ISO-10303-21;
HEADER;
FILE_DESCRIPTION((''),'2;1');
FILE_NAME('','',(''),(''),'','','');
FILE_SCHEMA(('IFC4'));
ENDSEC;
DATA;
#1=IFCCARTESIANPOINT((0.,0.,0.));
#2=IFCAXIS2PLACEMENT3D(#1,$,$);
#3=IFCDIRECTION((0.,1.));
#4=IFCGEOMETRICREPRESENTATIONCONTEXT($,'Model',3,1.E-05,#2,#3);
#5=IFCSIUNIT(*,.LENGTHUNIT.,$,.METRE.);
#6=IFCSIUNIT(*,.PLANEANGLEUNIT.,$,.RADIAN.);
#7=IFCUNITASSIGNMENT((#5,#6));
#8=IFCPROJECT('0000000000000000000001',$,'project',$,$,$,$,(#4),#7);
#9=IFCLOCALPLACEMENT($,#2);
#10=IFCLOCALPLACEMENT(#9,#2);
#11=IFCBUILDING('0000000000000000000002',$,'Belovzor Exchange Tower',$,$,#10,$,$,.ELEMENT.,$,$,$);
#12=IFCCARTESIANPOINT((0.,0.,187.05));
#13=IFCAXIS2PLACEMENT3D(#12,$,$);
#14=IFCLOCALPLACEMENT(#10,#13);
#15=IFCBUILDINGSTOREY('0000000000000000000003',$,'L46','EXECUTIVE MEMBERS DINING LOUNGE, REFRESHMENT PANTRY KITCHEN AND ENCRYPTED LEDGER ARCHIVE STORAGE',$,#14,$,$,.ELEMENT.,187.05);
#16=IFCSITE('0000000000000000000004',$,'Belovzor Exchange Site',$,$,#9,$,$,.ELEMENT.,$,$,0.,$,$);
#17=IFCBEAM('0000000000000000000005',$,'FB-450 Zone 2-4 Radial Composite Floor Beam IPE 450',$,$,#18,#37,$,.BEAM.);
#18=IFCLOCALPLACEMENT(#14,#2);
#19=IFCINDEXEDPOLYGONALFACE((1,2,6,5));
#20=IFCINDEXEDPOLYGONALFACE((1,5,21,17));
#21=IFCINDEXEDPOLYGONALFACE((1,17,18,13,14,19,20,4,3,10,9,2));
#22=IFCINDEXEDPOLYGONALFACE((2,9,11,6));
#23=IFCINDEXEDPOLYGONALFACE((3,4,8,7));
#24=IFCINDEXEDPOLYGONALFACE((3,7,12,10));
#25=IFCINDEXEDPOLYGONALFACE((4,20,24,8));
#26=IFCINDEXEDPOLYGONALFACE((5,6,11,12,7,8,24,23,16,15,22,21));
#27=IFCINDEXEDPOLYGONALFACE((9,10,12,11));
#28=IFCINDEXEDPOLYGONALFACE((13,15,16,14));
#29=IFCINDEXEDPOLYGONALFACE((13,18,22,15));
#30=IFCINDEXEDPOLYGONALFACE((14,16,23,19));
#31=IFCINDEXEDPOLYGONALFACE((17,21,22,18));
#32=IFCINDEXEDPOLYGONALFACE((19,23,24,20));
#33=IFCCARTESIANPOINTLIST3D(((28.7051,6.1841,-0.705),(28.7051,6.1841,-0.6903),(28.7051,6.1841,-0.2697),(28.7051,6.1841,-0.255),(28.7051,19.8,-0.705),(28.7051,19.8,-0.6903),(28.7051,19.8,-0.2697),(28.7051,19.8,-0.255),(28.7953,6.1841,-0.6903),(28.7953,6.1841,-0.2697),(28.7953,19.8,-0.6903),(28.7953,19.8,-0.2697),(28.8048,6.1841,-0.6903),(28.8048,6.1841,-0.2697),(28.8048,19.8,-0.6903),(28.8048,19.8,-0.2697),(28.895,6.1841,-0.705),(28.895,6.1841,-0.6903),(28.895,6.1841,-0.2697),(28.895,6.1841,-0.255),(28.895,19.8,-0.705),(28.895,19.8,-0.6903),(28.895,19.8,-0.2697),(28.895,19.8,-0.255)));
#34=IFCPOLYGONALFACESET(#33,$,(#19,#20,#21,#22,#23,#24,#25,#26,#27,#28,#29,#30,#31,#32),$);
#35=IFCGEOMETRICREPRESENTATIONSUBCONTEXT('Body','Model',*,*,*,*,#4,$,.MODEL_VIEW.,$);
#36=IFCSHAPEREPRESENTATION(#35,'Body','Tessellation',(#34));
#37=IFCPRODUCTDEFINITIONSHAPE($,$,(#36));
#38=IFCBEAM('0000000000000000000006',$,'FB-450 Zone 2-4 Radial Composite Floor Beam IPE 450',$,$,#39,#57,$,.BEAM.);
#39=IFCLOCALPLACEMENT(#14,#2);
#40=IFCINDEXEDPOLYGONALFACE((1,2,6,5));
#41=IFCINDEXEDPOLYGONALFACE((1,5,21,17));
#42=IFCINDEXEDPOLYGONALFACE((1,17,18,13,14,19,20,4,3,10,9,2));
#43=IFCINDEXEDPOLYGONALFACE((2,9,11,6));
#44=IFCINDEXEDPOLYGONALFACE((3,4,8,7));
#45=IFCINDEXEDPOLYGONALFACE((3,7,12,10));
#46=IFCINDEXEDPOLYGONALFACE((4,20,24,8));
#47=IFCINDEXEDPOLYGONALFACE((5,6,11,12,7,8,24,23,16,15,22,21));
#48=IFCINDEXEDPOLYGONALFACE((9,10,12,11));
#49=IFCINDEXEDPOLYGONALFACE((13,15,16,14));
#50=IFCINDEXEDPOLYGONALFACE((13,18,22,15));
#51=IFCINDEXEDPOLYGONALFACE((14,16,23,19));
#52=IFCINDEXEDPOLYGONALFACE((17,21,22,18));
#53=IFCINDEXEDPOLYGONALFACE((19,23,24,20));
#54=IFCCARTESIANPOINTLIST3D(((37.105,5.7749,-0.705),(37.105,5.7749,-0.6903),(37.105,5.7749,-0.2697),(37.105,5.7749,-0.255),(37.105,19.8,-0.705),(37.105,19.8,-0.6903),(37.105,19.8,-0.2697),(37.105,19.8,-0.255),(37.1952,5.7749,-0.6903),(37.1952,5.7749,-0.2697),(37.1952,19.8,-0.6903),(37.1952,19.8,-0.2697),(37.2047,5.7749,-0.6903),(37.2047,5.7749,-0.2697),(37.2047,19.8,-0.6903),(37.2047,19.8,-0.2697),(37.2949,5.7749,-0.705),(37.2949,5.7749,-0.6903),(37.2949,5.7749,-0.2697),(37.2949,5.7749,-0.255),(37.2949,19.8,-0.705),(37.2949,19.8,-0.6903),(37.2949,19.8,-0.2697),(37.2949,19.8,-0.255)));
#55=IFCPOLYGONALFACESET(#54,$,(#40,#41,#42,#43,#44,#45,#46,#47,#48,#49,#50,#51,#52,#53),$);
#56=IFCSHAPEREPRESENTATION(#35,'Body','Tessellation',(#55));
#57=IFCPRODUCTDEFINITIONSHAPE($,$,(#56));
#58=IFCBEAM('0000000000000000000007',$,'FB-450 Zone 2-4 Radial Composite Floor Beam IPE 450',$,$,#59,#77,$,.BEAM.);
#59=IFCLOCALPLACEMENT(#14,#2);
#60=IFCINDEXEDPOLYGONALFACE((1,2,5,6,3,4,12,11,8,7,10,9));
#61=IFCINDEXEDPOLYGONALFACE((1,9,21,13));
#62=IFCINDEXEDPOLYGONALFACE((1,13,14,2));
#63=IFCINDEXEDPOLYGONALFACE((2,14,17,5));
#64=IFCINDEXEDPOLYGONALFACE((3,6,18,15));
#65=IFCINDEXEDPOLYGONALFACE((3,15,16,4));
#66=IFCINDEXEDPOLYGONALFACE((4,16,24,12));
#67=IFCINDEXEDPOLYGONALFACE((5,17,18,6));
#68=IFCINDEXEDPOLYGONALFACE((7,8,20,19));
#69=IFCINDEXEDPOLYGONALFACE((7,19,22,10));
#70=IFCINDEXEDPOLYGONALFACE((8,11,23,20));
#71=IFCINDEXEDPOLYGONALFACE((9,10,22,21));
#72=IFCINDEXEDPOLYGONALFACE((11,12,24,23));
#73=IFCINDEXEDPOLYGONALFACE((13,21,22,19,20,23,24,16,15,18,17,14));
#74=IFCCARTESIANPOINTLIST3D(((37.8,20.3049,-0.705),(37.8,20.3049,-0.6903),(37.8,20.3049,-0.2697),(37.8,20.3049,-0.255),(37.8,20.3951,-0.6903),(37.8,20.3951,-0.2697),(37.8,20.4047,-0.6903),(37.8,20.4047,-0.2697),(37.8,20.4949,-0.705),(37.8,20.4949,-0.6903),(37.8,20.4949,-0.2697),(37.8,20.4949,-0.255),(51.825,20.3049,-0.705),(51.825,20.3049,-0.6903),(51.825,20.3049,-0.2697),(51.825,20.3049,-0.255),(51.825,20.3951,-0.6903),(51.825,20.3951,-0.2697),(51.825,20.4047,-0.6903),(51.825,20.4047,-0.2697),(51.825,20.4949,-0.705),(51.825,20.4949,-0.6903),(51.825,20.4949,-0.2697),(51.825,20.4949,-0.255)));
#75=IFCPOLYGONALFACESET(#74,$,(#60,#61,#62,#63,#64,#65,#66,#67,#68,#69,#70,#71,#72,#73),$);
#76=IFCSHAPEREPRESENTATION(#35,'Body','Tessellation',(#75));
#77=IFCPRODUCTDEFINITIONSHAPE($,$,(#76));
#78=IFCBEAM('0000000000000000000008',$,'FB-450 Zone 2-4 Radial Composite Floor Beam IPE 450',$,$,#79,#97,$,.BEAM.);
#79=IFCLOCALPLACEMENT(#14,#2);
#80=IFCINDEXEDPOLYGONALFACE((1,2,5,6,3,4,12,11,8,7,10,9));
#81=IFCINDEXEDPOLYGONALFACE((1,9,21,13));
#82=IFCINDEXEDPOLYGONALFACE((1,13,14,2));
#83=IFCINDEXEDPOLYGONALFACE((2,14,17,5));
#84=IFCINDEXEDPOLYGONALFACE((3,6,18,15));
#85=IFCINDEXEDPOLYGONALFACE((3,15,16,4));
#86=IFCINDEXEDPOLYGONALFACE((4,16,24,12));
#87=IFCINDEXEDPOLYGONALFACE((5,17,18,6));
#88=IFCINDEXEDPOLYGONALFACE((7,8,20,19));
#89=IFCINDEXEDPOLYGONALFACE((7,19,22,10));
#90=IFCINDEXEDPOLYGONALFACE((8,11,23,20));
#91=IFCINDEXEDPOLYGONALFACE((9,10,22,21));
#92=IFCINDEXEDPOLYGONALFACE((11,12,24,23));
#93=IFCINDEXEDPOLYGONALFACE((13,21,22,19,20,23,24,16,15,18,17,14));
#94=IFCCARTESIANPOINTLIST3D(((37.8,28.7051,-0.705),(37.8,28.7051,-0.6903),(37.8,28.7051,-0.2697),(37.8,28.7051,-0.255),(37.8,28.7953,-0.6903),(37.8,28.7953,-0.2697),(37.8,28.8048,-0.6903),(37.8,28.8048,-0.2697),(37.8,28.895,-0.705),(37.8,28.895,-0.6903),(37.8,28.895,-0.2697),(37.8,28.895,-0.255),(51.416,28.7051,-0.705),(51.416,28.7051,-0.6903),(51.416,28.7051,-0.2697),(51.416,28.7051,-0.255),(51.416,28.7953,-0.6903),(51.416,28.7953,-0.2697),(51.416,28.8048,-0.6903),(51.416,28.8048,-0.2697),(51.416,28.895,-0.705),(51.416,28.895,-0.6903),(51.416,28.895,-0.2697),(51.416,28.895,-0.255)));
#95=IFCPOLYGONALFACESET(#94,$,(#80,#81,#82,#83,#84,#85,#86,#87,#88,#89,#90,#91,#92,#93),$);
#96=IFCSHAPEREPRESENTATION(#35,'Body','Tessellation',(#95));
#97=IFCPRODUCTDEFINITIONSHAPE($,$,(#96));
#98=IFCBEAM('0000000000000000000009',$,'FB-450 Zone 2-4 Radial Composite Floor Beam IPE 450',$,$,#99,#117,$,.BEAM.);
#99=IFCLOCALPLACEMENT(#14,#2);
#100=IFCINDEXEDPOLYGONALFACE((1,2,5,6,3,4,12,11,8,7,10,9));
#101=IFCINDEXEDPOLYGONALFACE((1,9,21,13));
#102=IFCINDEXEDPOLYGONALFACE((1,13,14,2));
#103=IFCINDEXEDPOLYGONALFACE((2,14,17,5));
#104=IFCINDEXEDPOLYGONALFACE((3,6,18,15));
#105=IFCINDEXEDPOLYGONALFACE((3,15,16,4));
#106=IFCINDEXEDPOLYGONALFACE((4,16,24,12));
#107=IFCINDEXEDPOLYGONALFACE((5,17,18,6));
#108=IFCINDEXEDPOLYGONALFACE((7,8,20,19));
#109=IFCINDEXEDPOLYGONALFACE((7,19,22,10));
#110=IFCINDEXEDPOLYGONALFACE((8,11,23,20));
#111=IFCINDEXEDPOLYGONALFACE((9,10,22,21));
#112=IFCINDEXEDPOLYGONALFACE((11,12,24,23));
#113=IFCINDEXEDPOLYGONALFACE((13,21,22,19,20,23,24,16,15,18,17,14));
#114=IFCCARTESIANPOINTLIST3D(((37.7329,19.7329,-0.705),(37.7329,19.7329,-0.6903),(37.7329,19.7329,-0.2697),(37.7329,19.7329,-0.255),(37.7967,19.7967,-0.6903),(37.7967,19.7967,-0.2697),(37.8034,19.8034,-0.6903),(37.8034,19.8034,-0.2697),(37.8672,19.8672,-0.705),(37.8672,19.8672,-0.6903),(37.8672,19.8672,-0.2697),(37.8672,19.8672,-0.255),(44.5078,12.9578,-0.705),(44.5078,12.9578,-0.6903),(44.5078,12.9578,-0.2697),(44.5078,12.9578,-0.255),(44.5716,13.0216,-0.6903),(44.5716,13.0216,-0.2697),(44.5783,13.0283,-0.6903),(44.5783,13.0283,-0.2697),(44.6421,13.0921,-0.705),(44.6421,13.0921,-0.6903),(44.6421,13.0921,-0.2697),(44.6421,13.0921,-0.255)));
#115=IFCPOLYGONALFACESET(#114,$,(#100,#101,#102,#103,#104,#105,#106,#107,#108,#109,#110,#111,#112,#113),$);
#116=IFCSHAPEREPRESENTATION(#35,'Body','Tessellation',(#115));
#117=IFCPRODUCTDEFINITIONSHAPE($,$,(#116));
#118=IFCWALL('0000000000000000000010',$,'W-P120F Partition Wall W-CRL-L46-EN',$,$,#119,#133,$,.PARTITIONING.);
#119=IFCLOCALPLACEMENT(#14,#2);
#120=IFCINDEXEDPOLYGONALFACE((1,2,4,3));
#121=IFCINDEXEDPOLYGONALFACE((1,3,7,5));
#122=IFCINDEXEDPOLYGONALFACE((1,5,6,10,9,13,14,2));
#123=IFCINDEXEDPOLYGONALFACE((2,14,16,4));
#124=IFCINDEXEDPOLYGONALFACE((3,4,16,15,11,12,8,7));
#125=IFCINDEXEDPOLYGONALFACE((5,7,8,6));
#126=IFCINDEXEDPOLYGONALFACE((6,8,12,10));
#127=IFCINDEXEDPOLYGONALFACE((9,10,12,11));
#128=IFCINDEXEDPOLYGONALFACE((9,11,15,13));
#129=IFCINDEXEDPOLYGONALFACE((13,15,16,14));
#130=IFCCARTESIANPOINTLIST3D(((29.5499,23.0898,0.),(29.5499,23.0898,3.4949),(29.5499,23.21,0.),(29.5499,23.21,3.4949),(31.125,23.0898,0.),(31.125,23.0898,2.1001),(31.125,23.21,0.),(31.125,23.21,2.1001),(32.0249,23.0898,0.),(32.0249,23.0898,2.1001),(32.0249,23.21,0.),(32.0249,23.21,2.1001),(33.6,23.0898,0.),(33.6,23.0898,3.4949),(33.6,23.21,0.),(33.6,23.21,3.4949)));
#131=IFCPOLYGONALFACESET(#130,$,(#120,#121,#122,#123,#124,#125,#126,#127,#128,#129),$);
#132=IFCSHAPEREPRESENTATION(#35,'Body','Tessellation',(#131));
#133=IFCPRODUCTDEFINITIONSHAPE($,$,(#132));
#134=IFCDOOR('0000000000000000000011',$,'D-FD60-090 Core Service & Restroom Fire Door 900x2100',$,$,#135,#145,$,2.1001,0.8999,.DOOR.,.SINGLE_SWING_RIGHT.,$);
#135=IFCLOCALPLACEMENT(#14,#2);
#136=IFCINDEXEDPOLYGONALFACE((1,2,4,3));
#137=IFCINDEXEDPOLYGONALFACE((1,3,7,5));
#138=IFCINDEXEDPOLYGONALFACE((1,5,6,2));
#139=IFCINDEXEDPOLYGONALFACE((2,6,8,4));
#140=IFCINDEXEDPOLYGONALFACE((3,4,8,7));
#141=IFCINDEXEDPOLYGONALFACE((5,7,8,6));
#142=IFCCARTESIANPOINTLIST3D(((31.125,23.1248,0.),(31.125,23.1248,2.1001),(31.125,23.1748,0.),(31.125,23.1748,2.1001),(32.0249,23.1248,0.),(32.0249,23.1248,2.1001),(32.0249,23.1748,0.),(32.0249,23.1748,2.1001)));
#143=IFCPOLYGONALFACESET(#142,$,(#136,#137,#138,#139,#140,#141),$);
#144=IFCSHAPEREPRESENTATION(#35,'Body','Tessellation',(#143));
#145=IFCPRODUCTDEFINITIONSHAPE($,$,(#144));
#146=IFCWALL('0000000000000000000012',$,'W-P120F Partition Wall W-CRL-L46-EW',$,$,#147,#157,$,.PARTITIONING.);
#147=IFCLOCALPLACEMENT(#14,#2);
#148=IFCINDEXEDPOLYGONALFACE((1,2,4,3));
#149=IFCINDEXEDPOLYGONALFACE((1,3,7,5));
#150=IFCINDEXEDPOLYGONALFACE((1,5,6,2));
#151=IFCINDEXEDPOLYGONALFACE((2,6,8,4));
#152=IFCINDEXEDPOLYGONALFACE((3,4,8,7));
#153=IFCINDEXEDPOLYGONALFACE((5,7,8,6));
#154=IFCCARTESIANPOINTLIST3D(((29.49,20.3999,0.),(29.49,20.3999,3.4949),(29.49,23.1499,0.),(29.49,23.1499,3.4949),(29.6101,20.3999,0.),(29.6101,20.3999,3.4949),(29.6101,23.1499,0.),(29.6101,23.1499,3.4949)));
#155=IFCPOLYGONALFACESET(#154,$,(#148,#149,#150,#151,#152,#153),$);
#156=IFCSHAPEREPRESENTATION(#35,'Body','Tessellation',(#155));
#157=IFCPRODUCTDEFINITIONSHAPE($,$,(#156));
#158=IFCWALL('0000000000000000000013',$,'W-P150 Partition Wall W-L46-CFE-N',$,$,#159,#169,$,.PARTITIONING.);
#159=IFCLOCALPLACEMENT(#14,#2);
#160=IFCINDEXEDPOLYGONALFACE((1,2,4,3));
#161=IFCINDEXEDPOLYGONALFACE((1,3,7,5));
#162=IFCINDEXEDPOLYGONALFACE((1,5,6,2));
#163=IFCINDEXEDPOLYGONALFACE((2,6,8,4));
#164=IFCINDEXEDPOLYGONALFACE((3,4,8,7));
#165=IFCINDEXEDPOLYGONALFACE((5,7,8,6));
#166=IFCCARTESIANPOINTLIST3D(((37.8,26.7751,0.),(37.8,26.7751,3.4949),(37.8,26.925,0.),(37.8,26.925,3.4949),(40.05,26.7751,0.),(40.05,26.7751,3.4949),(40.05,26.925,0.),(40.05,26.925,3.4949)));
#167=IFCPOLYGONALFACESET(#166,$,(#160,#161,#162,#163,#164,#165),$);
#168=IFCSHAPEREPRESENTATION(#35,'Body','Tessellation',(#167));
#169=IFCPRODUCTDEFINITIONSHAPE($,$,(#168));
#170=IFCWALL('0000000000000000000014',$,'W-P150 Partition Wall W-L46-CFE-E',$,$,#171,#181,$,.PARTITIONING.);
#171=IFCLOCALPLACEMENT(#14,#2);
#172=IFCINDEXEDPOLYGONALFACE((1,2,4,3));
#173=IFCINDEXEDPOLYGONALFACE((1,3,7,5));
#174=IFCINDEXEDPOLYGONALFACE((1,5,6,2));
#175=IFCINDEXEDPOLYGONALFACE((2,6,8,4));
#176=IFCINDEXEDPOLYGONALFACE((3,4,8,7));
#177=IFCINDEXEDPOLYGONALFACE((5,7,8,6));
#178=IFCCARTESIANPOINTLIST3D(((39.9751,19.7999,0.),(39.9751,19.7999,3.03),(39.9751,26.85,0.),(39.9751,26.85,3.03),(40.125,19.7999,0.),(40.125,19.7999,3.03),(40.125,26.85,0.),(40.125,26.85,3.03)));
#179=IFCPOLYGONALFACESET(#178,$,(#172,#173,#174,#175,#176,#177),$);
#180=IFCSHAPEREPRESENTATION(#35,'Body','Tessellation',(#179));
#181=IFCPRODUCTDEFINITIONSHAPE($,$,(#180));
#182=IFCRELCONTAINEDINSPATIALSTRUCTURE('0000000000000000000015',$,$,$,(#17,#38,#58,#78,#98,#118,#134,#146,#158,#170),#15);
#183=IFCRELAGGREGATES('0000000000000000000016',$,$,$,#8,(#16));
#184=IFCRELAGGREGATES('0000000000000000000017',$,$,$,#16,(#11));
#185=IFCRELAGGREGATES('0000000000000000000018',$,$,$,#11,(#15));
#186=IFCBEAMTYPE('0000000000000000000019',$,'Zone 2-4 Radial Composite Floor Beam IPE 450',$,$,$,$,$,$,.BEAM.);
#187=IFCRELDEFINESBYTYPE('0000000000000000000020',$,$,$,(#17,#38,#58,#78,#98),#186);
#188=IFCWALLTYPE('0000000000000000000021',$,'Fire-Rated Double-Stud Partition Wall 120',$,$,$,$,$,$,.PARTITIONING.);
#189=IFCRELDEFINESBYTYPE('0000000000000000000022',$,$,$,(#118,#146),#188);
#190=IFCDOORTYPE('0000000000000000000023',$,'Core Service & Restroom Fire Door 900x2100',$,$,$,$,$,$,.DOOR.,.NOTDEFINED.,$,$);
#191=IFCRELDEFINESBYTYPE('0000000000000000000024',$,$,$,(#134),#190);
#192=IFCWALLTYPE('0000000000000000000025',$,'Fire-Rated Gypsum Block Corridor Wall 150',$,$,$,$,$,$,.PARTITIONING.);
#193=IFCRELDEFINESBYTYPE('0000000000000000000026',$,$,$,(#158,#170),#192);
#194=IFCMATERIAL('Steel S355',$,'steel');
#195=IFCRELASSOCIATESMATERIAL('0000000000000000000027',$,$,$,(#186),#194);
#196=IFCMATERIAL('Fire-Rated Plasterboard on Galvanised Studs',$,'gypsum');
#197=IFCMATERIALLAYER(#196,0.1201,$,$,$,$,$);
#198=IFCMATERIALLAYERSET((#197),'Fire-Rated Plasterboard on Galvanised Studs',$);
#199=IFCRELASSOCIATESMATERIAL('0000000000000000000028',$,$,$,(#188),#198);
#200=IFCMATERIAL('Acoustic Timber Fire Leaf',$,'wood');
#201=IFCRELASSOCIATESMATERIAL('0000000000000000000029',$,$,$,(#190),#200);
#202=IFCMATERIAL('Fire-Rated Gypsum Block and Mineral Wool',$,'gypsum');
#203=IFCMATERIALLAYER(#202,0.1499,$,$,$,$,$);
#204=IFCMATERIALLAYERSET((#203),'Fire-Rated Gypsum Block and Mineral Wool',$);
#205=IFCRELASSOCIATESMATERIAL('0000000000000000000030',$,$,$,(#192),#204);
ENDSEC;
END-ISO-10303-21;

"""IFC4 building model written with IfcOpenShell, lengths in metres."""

from ifc_helpers import new_model, si_unit, direction, frame, frame_2d, origin, origin_2d, place, context, subcontext, project, spatial, rectangle, i_section, extrude, material, layer, layer_set, material_profile, profile_set, type_object, element, fill, save


model = new_model("IFC4")

# Units and contexts
model_context = context("Model", 3, precision=1e-05, world=origin(), true_north=direction((0.0, 1.0)))
body_context = subcontext(model_context, "Body", "Model", "MODEL_VIEW")
ifc_project = project(units=[si_unit("LENGTHUNIT", "METRE"), si_unit("PLANEANGLEUNIT", "RADIAN")], contexts=[model_context])

# Site, building, storey
site_placement = place(None, origin())
site = spatial("IfcSite", under=ifc_project, at=site_placement, Name="Belovzor Exchange Site", CompositionType="ELEMENT", RefElevation=0.0)
building_placement = place(site_placement, origin())
building = spatial("IfcBuilding", under=site, at=building_placement, Name="Belovzor Exchange Tower", CompositionType="ELEMENT")
storey_placement = place(building_placement, frame((0.0, 0.0, 187.05)))
storey = spatial("IfcBuildingStorey", under=building, at=storey_placement, Name="L46", Description="EXECUTIVE MEMBERS DINING LOUNGE, REFRESHMENT PANTRY KITCHEN AND ENCRYPTED LEDGER ARCHIVE STORAGE", CompositionType="ELEMENT", Elevation=187.05)

# Beams
ifc_material_1 = material(Name="Steel S355", Category="steel")
ifc_material_profile = material_profile(ifc_material_1, i_section(OverallWidth=0.1899, OverallDepth=0.45, WebThickness=0.0095, FlangeThickness=0.0146, at=origin_2d()))
ifc_profile_set = profile_set([ifc_material_profile], Name="Steel S355")
beam_type = type_object("IfcBeamType", Name="Zone 2-4 Radial Composite Floor Beam IPE 450", PredefinedType="BEAM", material=ifc_profile_set)
beam_1_placement = place(storey_placement, frame((28.8, 19.8, -0.48), z_axis=(0.0, -1.0, 0.0), x_axis=(1.0, 0.0, 0.0)))
element("IfcBeam", 1, at=beam_1_placement, inside=storey, type_object=beam_type, Name="FB-450 Zone 2-4 Radial Composite Floor Beam IPE 450", PredefinedType="BEAM", context=body_context, shape_type="SweptSolid", body=[
    extrude(i_section(OverallWidth=0.1899, OverallDepth=0.45, WebThickness=0.0095, FlangeThickness=0.0146, at=origin_2d()), origin(), (0.0, 0.0, 1.0), 13.616),
])
beam_2_placement = place(storey_placement, frame((37.2, 19.8, -0.48), z_axis=(0.0, -1.0, 0.0), x_axis=(1.0, 0.0, 0.0)))
element("IfcBeam", 2, at=beam_2_placement, inside=storey, type_object=beam_type, Name="FB-450 Zone 2-4 Radial Composite Floor Beam IPE 450", PredefinedType="BEAM", context=body_context, shape_type="SweptSolid", body=[
    extrude(i_section(OverallWidth=0.1899, OverallDepth=0.45, WebThickness=0.0095, FlangeThickness=0.0146, at=origin_2d()), origin(), (0.0, 0.0, 1.0), 14.0251),
])
beam_3_placement = place(storey_placement, frame((37.8, 20.3999, -0.48), z_axis=(1.0, 0.0, 0.0), x_axis=(0.0, 1.0, 0.0)))
element("IfcBeam", 3, at=beam_3_placement, inside=storey, type_object=beam_type, Name="FB-450 Zone 2-4 Radial Composite Floor Beam IPE 450", PredefinedType="BEAM", context=body_context, shape_type="SweptSolid", body=[
    extrude(i_section(OverallWidth=0.1899, OverallDepth=0.45, WebThickness=0.0095, FlangeThickness=0.0146, at=origin_2d()), origin(), (0.0, 0.0, 1.0), 14.0249),
])
beam_4_placement = place(storey_placement, frame((37.8, 28.8, -0.48), z_axis=(1.0, 0.0, 0.0), x_axis=(0.0, 1.0, 0.0)))
element("IfcBeam", 4, at=beam_4_placement, inside=storey, type_object=beam_type, Name="FB-450 Zone 2-4 Radial Composite Floor Beam IPE 450", PredefinedType="BEAM", context=body_context, shape_type="SweptSolid", body=[
    extrude(i_section(OverallWidth=0.1899, OverallDepth=0.45, WebThickness=0.0095, FlangeThickness=0.0146, at=origin_2d()), origin(), (0.0, 0.0, 1.0), 13.616),
])
beam_5_placement = place(storey_placement, frame((37.8, 19.8, -0.48), z_axis=(0.707094, -0.70712, 0.0), x_axis=(0.70712, 0.707094, 0.0)))
element("IfcBeam", 5, at=beam_5_placement, inside=storey, type_object=beam_type, Name="FB-450 Zone 2-4 Radial Composite Floor Beam IPE 450", PredefinedType="BEAM", context=body_context, shape_type="SweptSolid", body=[
    extrude(i_section(OverallWidth=0.1899, OverallDepth=0.45, WebThickness=0.0095, FlangeThickness=0.0146, at=origin_2d()), origin(), (0.0, 0.0, 1.0), 9.5813),
])

# Wall, opening, door
ifc_material_2 = material(Name="Fire-Rated Plasterboard on Galvanised Studs", Category="gypsum")
ifc_layer_1 = layer(ifc_material_2, 0.1201)
ifc_layer_set_1 = layer_set([ifc_layer_1], Name="Fire-Rated Plasterboard on Galvanised Studs")
wall_type_1 = type_object("IfcWallType", Name="Fire-Rated Double-Stud Partition Wall 120", PredefinedType="PARTITIONING", material=ifc_layer_set_1)
wall_1_placement = place(storey_placement, frame((29.55, 23.1499, 0.0), z_axis=(0.0, 0.0, 1.0), x_axis=(1.0, 0.0, 0.0)))
wall_1 = element("IfcWall", 6, at=wall_1_placement, inside=storey, type_object=wall_type_1, Name="W-P120F Partition Wall W-CRL-L46-EN", PredefinedType="PARTITIONING", context=body_context, shape_type="SweptSolid", body=[
    extrude(rectangle(XDim=4.05, YDim=0.1201, at=frame_2d((2.0249, 0.0))), origin(), (0.0, 0.0, 1.0), 3.4949),
])
opening_1_placement = place(wall_1_placement, frame((1.575, 0.0, 0.0)))
opening_1 = element("IfcOpeningElement", 7, at=opening_1_placement, cuts=wall_1, PredefinedType="OPENING", context=body_context, shape_type="SweptSolid", body=[
    extrude(rectangle(XDim=0.8999, YDim=2.1001, at=frame_2d((0.45, 1.05))), frame((0.0, 0.0701, 0.0), z_axis=(0.0, -1.0, 0.0), x_axis=(1.0, 0.0, 0.0)), (0.0, 0.0, 1.0), 0.1401),
])
ifc_material_3 = material(Name="Acoustic Timber Fire Leaf", Category="wood")
door_type_1 = type_object("IfcDoorType", Name="Core Service & Restroom Fire Door 900x2100", OperationType="NOTDEFINED", PredefinedType="DOOR", material=ifc_material_3)
door_1_placement = place(opening_1_placement, origin())
door_1 = element("IfcDoor", 8, at=door_1_placement, inside=storey, type_object=door_type_1, Name="D-FD60-090 Core Service & Restroom Fire Door 900x2100", OperationType="SINGLE_SWING_RIGHT", OverallHeight=2.1001, OverallWidth=0.8999, PredefinedType="DOOR", context=body_context, shape_type="SweptSolid", body=[
    extrude(rectangle(XDim=0.8999, YDim=2.1001, at=frame_2d((0.45, 1.05))), frame((0.0, 0.0249, 0.0), z_axis=(0.0, -1.0, 0.0), x_axis=(1.0, 0.0, 0.0)), (0.0, 0.0, 1.0), 0.05),
])
fill(opening_1, door_1)

# Walls
wall_2_placement = place(storey_placement, frame((29.55, 20.3999, 0.0), z_axis=(0.0, 0.0, 1.0), x_axis=(0.0, 1.0, 0.0)))
element("IfcWall", 9, at=wall_2_placement, inside=storey, type_object=wall_type_1, Name="W-P120F Partition Wall W-CRL-L46-EW", PredefinedType="PARTITIONING", context=body_context, shape_type="SweptSolid", body=[
    extrude(rectangle(XDim=2.75, YDim=0.1201, at=frame_2d((1.375, 0.0))), origin(), (0.0, 0.0, 1.0), 3.4949),
])
ifc_material_4 = material(Name="Fire-Rated Gypsum Block and Mineral Wool", Category="gypsum")
ifc_layer_2 = layer(ifc_material_4, 0.1499)
ifc_layer_set_2 = layer_set([ifc_layer_2], Name="Fire-Rated Gypsum Block and Mineral Wool")
wall_type_2 = type_object("IfcWallType", Name="Fire-Rated Gypsum Block Corridor Wall 150", PredefinedType="PARTITIONING", material=ifc_layer_set_2)
wall_3_placement = place(storey_placement, frame((37.8, 26.8501, 0.0), z_axis=(0.0, 0.0, 1.0), x_axis=(1.0, 0.0, 0.0)))
element("IfcWall", 10, at=wall_3_placement, inside=storey, type_object=wall_type_2, Name="W-P150 Partition Wall W-L46-CFE-N", PredefinedType="PARTITIONING", context=body_context, shape_type="SweptSolid", body=[
    extrude(rectangle(XDim=2.25, YDim=0.1499, at=frame_2d((1.125, 0.0))), origin(), (0.0, 0.0, 1.0), 3.4949),
])
wall_4_placement = place(storey_placement, frame((40.05, 19.8, 0.0), z_axis=(0.0, 0.0, 1.0), x_axis=(0.0, 1.0, 0.0)))
element("IfcWall", 11, at=wall_4_placement, inside=storey, type_object=wall_type_2, Name="W-P150 Partition Wall W-L46-CFE-E", PredefinedType="PARTITIONING", context=body_context, shape_type="SweptSolid", body=[
    extrude(rectangle(XDim=7.05, YDim=0.1499, at=frame_2d((3.5249, 0.0))), origin(), (0.0, 0.0, 1.0), 3.03),
])

save(model, "model.ifc")
